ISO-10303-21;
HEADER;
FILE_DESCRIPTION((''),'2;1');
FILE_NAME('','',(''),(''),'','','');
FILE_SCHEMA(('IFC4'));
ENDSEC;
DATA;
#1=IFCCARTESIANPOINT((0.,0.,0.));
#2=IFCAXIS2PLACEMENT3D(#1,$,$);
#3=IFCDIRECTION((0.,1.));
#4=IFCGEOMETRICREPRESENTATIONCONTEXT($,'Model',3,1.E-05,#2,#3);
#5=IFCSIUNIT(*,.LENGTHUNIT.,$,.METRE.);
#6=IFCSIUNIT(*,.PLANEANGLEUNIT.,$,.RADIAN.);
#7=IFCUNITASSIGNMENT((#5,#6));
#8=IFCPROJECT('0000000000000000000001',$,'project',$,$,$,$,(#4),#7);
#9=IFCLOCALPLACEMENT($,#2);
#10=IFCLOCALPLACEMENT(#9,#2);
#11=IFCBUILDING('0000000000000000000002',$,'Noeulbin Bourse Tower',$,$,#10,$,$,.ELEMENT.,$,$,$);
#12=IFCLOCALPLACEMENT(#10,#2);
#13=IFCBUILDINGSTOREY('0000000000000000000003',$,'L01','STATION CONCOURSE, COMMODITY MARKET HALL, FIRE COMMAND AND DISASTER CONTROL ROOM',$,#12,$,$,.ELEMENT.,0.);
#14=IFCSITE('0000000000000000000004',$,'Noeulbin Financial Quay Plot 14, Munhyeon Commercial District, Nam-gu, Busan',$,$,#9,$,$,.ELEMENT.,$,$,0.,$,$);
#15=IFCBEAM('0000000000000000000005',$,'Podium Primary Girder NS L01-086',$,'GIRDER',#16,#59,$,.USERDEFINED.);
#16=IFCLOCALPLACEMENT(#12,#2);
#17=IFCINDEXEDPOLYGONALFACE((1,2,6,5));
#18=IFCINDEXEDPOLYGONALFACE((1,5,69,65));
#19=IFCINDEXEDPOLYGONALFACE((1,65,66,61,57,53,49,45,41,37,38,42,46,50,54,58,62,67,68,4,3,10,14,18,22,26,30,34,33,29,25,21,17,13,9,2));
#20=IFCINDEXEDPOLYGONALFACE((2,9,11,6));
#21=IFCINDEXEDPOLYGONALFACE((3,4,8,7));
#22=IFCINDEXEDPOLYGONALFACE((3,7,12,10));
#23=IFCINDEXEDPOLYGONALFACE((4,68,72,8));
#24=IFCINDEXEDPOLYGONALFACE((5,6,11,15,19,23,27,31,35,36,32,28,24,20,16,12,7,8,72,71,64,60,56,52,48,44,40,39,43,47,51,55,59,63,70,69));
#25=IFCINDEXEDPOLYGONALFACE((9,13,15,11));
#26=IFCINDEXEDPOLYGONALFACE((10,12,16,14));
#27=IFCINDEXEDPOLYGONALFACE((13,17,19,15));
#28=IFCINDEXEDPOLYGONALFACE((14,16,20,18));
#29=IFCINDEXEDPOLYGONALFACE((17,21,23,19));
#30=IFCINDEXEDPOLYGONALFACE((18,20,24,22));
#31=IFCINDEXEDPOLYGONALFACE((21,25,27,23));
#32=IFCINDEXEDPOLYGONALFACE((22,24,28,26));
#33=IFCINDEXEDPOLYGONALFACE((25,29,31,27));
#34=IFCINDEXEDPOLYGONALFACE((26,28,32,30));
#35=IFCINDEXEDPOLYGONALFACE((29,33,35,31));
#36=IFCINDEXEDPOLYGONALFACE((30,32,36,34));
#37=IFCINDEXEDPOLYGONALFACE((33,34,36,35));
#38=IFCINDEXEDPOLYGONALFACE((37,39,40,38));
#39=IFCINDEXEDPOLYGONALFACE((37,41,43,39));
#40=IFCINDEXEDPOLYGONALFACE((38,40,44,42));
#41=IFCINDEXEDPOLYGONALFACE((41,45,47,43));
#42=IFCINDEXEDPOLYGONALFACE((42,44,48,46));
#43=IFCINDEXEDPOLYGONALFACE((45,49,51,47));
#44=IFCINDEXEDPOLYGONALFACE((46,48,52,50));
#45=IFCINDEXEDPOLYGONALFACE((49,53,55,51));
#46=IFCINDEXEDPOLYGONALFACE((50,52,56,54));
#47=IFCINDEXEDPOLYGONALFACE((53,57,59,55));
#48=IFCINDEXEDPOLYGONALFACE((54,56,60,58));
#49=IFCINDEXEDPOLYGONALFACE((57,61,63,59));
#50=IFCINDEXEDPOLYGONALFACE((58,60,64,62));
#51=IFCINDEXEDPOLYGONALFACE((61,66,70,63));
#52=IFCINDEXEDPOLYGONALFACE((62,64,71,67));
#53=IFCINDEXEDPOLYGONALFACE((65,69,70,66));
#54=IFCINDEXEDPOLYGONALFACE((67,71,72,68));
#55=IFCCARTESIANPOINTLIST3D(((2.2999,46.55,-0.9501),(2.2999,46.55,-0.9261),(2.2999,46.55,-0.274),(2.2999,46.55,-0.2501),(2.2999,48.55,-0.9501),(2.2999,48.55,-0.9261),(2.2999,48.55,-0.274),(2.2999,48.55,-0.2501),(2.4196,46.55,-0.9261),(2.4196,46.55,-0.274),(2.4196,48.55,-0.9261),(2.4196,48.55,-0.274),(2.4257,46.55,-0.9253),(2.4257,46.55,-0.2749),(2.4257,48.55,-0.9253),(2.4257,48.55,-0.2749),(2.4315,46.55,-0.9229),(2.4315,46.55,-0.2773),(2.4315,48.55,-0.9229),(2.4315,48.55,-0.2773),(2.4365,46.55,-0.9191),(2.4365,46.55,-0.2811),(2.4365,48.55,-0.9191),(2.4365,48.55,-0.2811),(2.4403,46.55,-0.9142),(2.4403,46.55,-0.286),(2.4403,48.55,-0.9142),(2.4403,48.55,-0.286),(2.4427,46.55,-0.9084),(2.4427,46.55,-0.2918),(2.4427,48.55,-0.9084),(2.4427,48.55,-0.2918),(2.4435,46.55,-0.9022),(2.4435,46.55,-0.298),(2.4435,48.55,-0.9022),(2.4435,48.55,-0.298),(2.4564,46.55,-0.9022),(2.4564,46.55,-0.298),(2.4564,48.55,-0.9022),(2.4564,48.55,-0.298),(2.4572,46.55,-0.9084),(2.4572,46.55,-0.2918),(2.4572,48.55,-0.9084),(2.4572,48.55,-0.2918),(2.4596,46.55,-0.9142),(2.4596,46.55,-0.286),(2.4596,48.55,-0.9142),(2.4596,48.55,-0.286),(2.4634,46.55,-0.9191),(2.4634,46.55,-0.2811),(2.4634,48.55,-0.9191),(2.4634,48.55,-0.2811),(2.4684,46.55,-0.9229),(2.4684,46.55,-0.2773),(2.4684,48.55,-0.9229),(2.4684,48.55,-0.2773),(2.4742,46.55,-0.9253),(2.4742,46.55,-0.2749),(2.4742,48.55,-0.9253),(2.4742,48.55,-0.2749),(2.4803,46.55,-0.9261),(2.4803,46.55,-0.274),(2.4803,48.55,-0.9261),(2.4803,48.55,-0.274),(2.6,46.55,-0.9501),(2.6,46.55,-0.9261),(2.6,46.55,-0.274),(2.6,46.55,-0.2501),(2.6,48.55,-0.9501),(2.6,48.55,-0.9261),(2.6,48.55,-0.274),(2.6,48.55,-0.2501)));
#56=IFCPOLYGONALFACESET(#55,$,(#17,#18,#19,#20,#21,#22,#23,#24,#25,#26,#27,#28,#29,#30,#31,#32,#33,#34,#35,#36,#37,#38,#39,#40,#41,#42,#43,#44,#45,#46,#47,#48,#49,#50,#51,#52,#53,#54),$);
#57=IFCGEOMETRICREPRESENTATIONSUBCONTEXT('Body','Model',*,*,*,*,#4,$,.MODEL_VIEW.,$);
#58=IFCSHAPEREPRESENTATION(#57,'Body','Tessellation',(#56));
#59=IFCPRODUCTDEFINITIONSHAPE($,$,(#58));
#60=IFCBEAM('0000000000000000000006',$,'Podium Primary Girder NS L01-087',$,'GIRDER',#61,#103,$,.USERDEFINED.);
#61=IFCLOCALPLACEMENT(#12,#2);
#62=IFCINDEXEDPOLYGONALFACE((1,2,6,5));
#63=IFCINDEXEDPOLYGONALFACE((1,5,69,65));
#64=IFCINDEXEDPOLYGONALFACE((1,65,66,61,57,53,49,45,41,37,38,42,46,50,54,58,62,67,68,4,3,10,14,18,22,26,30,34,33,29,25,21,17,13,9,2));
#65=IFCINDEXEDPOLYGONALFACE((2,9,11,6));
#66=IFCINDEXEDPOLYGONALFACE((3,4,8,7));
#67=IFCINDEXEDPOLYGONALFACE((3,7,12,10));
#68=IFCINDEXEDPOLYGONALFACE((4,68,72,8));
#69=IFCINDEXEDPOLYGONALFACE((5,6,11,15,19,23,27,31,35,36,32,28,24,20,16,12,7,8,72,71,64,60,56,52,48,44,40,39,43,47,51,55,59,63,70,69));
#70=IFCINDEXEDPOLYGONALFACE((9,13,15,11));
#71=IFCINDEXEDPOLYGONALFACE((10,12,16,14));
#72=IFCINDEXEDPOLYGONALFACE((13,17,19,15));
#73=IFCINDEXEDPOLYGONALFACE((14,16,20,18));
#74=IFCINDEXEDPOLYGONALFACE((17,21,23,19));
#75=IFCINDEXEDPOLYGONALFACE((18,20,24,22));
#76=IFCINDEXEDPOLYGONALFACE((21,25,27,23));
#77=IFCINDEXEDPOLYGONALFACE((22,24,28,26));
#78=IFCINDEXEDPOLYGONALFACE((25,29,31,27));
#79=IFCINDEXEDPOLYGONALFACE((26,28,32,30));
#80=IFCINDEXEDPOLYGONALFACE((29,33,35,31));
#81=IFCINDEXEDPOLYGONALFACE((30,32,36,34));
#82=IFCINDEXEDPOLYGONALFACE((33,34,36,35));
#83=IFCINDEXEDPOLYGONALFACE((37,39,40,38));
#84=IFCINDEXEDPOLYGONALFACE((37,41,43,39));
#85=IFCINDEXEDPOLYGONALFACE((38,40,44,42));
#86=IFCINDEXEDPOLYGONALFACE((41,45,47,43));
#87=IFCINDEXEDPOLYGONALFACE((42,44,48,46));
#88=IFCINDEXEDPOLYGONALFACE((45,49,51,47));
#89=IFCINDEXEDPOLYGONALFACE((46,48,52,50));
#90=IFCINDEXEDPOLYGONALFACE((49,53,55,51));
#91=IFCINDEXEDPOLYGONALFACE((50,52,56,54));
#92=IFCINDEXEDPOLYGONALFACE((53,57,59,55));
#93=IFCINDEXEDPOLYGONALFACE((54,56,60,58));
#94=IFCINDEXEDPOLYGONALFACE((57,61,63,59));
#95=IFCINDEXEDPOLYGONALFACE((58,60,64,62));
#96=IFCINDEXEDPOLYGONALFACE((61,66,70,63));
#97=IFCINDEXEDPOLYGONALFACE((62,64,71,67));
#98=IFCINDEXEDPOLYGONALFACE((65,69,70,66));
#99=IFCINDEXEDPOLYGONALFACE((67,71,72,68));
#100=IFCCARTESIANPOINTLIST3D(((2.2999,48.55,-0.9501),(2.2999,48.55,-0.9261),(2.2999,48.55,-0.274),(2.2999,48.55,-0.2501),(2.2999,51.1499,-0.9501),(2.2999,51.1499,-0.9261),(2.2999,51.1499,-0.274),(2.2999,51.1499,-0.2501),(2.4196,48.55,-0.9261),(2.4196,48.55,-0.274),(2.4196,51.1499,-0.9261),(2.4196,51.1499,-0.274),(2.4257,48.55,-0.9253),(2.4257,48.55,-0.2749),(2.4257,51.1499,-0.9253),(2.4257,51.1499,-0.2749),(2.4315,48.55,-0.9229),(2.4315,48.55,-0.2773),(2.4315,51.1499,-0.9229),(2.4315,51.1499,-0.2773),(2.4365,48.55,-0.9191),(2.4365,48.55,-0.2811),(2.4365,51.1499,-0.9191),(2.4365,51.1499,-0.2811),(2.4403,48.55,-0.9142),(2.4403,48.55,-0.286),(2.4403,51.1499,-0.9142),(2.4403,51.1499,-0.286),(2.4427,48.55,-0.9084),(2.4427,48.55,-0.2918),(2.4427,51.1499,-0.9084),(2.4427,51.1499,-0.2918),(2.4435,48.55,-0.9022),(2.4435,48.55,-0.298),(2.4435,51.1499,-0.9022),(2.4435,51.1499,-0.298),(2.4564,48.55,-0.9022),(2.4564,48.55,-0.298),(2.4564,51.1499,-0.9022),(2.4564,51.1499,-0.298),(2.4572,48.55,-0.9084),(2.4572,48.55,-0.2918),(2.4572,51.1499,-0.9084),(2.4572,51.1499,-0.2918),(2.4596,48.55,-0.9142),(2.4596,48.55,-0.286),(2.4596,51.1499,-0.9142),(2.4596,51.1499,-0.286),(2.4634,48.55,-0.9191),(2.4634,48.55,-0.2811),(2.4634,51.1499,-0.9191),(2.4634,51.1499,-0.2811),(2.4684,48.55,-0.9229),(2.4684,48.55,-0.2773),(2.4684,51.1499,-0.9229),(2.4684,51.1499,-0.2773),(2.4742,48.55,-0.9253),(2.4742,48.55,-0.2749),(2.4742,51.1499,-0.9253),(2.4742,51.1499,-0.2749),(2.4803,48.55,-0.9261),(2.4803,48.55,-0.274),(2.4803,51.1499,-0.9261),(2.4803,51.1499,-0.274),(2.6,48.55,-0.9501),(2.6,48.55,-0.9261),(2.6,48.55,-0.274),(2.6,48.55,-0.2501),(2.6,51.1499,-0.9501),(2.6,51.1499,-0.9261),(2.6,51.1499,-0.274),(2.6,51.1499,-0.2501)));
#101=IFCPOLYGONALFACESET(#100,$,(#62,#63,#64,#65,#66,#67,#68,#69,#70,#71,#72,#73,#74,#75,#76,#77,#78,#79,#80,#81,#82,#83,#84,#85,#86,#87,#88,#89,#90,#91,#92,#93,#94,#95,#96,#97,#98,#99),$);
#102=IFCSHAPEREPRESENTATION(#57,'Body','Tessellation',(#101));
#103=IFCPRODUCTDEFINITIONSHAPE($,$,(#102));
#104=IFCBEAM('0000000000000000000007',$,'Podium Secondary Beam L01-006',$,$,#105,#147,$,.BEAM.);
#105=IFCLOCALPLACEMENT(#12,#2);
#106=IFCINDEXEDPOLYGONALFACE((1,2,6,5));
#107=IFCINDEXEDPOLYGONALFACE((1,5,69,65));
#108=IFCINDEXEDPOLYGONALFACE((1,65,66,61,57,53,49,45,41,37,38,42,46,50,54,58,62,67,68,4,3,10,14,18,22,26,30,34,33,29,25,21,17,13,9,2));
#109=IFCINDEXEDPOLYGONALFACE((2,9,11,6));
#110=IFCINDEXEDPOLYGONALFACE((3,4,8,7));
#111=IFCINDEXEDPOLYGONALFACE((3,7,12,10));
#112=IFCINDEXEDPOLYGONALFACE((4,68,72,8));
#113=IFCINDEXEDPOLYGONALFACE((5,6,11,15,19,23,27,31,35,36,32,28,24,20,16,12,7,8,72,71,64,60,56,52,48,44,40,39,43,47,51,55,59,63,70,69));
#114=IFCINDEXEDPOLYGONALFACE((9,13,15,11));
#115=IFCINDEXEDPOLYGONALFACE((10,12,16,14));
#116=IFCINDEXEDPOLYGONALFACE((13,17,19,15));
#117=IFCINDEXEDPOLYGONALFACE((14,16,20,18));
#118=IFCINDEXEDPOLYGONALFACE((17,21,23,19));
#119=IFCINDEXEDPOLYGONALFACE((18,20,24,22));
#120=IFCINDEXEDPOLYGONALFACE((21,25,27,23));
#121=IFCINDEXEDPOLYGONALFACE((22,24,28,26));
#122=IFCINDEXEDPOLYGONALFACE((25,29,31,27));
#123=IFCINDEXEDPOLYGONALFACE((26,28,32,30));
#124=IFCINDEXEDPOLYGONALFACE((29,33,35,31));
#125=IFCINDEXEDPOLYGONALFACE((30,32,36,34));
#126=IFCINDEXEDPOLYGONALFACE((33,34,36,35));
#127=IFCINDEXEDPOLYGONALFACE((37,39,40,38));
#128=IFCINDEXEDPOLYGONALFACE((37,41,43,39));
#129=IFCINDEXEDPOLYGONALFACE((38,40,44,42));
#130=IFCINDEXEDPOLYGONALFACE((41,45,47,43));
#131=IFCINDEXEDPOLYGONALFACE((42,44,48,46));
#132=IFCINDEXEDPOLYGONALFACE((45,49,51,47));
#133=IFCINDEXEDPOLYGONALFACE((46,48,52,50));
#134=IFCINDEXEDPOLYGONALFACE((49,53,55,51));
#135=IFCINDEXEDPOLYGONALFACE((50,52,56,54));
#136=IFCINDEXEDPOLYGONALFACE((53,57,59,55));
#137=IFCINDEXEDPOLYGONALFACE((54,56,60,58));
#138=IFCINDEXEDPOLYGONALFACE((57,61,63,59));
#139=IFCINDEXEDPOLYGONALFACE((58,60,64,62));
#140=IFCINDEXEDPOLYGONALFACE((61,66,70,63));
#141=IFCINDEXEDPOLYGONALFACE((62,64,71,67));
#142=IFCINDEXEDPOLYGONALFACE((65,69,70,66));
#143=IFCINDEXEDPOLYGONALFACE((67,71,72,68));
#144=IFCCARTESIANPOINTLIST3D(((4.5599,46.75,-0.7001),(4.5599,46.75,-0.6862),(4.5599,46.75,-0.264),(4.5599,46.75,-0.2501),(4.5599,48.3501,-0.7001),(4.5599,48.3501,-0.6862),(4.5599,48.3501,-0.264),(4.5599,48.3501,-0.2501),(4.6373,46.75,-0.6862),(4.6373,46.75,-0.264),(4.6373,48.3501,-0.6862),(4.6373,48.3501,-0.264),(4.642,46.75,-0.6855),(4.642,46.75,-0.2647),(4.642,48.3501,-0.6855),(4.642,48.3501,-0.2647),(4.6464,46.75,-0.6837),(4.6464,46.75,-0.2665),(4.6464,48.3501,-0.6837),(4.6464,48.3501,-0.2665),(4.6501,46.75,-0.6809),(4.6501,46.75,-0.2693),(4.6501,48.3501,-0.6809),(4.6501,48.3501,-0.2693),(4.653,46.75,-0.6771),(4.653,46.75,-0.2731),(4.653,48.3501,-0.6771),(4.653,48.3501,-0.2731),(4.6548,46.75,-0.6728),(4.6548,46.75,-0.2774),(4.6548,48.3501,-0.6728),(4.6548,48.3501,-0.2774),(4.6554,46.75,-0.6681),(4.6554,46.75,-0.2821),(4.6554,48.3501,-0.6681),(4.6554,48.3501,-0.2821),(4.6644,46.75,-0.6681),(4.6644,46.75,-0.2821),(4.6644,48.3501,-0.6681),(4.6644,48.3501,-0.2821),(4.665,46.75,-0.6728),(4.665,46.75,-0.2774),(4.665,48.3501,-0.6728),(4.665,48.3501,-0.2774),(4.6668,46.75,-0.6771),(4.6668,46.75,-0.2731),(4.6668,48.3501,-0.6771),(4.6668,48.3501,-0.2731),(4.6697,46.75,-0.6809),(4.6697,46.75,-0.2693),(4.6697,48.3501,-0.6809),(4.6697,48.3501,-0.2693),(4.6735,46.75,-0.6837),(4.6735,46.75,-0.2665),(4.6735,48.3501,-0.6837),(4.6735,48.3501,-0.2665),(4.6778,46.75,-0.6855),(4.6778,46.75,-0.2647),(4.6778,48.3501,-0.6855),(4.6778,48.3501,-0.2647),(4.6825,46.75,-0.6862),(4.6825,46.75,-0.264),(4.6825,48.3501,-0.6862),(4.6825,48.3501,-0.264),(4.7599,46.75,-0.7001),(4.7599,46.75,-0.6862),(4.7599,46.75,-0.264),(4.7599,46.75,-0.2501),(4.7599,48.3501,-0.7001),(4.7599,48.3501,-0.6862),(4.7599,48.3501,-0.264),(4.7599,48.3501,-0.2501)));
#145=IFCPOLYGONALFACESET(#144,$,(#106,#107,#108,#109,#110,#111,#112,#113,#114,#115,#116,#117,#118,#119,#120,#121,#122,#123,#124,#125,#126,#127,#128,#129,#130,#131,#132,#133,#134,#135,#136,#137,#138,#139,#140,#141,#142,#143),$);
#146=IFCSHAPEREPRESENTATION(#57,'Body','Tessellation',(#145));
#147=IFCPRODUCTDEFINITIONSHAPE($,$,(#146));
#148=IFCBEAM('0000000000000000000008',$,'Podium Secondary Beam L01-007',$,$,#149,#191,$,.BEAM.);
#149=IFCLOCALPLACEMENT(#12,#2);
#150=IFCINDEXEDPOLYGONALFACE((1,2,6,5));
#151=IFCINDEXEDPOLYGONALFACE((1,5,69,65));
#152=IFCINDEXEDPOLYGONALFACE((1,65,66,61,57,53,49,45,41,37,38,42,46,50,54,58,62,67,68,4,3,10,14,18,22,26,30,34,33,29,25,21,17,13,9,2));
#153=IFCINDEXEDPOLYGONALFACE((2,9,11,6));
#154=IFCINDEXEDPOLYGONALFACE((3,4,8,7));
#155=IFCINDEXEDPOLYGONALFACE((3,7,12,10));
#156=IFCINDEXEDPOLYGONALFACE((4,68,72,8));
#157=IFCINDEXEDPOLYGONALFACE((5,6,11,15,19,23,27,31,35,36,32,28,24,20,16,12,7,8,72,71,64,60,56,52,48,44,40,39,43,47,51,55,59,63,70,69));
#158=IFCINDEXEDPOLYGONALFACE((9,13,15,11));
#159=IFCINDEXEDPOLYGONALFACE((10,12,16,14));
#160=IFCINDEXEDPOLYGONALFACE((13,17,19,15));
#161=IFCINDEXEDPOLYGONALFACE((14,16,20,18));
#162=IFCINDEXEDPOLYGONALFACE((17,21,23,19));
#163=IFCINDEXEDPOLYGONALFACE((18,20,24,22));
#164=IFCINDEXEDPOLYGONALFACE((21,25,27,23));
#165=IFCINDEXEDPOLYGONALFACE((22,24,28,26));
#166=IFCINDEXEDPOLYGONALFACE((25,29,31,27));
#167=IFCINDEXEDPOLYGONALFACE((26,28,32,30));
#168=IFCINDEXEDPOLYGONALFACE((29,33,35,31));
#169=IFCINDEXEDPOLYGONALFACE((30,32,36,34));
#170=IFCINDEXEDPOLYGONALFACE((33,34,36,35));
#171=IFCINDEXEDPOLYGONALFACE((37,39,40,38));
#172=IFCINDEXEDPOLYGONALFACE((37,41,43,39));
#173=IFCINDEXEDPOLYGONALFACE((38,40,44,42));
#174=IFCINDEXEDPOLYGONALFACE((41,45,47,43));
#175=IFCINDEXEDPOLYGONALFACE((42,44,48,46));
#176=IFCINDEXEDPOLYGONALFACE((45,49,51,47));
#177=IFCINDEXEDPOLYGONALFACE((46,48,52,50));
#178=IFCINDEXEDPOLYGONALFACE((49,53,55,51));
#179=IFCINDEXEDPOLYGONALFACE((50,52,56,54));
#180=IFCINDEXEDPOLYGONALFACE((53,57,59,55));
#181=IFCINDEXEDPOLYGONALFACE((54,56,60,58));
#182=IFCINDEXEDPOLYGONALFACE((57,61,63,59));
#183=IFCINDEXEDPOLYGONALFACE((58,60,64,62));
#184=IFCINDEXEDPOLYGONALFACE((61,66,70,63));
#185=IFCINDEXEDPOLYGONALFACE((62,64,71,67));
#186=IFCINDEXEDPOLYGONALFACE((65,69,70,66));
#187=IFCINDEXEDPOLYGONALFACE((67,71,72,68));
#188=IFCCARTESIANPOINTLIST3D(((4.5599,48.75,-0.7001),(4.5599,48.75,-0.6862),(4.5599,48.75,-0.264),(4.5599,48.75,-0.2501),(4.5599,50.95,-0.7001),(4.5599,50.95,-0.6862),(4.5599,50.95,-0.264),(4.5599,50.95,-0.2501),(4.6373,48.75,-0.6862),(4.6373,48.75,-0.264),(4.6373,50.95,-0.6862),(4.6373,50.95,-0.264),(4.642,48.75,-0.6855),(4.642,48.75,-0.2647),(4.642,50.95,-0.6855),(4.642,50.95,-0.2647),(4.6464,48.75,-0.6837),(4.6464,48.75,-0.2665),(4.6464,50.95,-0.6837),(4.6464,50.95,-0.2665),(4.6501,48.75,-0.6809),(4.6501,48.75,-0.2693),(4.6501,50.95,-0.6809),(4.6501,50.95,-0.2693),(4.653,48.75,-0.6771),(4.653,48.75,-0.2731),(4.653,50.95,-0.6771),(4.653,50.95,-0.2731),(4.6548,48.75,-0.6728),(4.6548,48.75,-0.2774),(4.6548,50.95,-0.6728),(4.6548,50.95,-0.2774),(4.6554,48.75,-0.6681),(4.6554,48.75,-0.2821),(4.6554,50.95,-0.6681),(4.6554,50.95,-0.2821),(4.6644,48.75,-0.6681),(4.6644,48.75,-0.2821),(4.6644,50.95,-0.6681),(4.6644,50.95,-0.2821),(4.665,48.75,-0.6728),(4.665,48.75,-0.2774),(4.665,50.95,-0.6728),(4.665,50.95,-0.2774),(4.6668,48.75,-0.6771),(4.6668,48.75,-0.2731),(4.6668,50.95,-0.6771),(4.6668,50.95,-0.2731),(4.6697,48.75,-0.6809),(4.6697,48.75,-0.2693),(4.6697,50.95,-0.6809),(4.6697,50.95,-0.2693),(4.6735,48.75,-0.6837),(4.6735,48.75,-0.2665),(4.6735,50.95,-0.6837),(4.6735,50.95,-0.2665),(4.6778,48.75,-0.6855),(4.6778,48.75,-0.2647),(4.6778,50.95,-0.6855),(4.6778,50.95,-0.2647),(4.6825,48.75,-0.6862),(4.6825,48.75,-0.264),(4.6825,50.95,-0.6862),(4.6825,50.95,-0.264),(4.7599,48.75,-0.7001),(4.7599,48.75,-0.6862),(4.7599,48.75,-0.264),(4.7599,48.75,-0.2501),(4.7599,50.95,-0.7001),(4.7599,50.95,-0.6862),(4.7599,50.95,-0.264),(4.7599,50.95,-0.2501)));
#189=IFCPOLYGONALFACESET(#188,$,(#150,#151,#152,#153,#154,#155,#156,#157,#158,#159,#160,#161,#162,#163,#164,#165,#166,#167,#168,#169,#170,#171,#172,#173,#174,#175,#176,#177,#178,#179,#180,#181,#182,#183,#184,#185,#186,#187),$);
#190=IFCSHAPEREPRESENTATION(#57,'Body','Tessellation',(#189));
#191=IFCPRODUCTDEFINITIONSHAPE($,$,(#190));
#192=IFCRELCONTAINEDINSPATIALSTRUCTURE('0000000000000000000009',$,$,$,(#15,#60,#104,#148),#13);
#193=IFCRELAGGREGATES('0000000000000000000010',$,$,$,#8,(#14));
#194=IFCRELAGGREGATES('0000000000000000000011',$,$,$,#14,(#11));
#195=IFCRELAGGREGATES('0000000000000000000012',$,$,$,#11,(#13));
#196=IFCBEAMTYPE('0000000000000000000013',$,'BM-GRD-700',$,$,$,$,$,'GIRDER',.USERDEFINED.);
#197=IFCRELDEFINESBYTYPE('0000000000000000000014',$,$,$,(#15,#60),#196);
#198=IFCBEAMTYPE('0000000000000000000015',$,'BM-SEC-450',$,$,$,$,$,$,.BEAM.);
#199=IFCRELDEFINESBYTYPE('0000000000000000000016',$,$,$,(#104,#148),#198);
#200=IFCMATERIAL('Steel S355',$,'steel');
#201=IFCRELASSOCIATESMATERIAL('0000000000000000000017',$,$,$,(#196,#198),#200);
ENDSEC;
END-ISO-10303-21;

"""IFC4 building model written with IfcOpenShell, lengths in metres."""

from ifc_helpers import new_model, si_unit, direction, frame, origin, origin_2d, place, context, subcontext, project, spatial, i_section, extrude, material, material_profile, profile_set, type_object, element, save


model = new_model("IFC4")

# Units and contexts
model_context = context("Model", 3, precision=1e-05, world=origin(), true_north=direction((0.0, 1.0)))
body_context = subcontext(model_context, "Body", "Model", "MODEL_VIEW")
ifc_project = project(units=[si_unit("LENGTHUNIT", "METRE"), si_unit("PLANEANGLEUNIT", "RADIAN")], contexts=[model_context])

# Site, building, storey
site_placement = place(None, origin())
site = spatial("IfcSite", under=ifc_project, at=site_placement, Name="Noeulbin Financial Quay Plot 14, Munhyeon Commercial District, Nam-gu, Busan", CompositionType="ELEMENT", RefElevation=0.0)
building_placement = place(site_placement, origin())
building = spatial("IfcBuilding", under=site, at=building_placement, Name="Noeulbin Bourse Tower", CompositionType="ELEMENT")
storey_placement = place(building_placement, origin())
storey = spatial("IfcBuildingStorey", under=building, at=storey_placement, Name="L01", Description="STATION CONCOURSE, COMMODITY MARKET HALL, FIRE COMMAND AND DISASTER CONTROL ROOM", CompositionType="ELEMENT", Elevation=0.0)

# Beams
ifc_material_1 = material(Name="Steel S355", Category="steel")
ifc_material_profile_1 = material_profile(ifc_material_1, i_section(OverallWidth=0.3, OverallDepth=0.7, WebThickness=0.0129, FlangeThickness=0.0239, FilletRadius=0.0239, at=origin_2d()), Name="H-700x300x13x24", Category="LoadBearing")
ifc_profile_set_1 = profile_set([ifc_material_profile_1], Name="Steel S355")
beam_type_1 = type_object("IfcBeamType", Name="BM-GRD-700", ElementType="GIRDER", PredefinedType="USERDEFINED", material=ifc_profile_set_1)
beam_1_placement = place(storey_placement, frame((2.45, 46.55, -0.6001), z_axis=(0.0, 1.0, 0.0), x_axis=(-1.0, 0.0, 0.0)))
element("IfcBeam", 1, at=beam_1_placement, inside=storey, type_object=beam_type_1, Name="Podium Primary Girder NS L01-086", ObjectType="GIRDER", PredefinedType="USERDEFINED", context=body_context, shape_type="SweptSolid", body=[
    extrude(i_section(OverallWidth=0.3, OverallDepth=0.7, WebThickness=0.0129, FlangeThickness=0.0239, FilletRadius=0.0239, at=origin_2d()), origin(), (0.0, 0.0, 1.0), 2.0),
])
beam_2_placement = place(storey_placement, frame((2.45, 48.55, -0.6001), z_axis=(0.0, 1.0, 0.0), x_axis=(-1.0, 0.0, 0.0)))
element("IfcBeam", 2, at=beam_2_placement, inside=storey, type_object=beam_type_1, Name="Podium Primary Girder NS L01-087", ObjectType="GIRDER", PredefinedType="USERDEFINED", context=body_context, shape_type="SweptSolid", body=[
    extrude(i_section(OverallWidth=0.3, OverallDepth=0.7, WebThickness=0.0129, FlangeThickness=0.0239, FilletRadius=0.0239, at=origin_2d()), origin(), (0.0, 0.0, 1.0), 2.5999),
])
ifc_material_profile_2 = material_profile(ifc_material_1, i_section(OverallWidth=0.2, OverallDepth=0.45, WebThickness=0.009, FlangeThickness=0.0139, FilletRadius=0.0181, at=origin_2d()), Name="H-450x200x9x14", Category="LoadBearing")
ifc_profile_set_2 = profile_set([ifc_material_profile_2], Name="Steel S355")
beam_type_2 = type_object("IfcBeamType", Name="BM-SEC-450", PredefinedType="BEAM", material=ifc_profile_set_2)
beam_3_placement = place(storey_placement, frame((4.6599, 46.75, -0.4751), z_axis=(0.0, 1.0, 0.0), x_axis=(-1.0, 0.0, 0.0)))
element("IfcBeam", 3, at=beam_3_placement, inside=storey, type_object=beam_type_2, Name="Podium Secondary Beam L01-006", PredefinedType="BEAM", context=body_context, shape_type="SweptSolid", body=[
    extrude(i_section(OverallWidth=0.2, OverallDepth=0.45, WebThickness=0.009, FlangeThickness=0.0139, FilletRadius=0.0181, at=origin_2d()), origin(), (0.0, 0.0, 1.0), 1.6001),
])
beam_4_placement = place(storey_placement, frame((4.6599, 48.75, -0.4751), z_axis=(0.0, 1.0, 0.0), x_axis=(-1.0, 0.0, 0.0)))
element("IfcBeam", 4, at=beam_4_placement, inside=storey, type_object=beam_type_2, Name="Podium Secondary Beam L01-007", PredefinedType="BEAM", context=body_context, shape_type="SweptSolid", body=[
    extrude(i_section(OverallWidth=0.2, OverallDepth=0.45, WebThickness=0.009, FlangeThickness=0.0139, FilletRadius=0.0181, at=origin_2d()), origin(), (0.0, 0.0, 1.0), 2.2),
])

save(model, "model.ifc")
